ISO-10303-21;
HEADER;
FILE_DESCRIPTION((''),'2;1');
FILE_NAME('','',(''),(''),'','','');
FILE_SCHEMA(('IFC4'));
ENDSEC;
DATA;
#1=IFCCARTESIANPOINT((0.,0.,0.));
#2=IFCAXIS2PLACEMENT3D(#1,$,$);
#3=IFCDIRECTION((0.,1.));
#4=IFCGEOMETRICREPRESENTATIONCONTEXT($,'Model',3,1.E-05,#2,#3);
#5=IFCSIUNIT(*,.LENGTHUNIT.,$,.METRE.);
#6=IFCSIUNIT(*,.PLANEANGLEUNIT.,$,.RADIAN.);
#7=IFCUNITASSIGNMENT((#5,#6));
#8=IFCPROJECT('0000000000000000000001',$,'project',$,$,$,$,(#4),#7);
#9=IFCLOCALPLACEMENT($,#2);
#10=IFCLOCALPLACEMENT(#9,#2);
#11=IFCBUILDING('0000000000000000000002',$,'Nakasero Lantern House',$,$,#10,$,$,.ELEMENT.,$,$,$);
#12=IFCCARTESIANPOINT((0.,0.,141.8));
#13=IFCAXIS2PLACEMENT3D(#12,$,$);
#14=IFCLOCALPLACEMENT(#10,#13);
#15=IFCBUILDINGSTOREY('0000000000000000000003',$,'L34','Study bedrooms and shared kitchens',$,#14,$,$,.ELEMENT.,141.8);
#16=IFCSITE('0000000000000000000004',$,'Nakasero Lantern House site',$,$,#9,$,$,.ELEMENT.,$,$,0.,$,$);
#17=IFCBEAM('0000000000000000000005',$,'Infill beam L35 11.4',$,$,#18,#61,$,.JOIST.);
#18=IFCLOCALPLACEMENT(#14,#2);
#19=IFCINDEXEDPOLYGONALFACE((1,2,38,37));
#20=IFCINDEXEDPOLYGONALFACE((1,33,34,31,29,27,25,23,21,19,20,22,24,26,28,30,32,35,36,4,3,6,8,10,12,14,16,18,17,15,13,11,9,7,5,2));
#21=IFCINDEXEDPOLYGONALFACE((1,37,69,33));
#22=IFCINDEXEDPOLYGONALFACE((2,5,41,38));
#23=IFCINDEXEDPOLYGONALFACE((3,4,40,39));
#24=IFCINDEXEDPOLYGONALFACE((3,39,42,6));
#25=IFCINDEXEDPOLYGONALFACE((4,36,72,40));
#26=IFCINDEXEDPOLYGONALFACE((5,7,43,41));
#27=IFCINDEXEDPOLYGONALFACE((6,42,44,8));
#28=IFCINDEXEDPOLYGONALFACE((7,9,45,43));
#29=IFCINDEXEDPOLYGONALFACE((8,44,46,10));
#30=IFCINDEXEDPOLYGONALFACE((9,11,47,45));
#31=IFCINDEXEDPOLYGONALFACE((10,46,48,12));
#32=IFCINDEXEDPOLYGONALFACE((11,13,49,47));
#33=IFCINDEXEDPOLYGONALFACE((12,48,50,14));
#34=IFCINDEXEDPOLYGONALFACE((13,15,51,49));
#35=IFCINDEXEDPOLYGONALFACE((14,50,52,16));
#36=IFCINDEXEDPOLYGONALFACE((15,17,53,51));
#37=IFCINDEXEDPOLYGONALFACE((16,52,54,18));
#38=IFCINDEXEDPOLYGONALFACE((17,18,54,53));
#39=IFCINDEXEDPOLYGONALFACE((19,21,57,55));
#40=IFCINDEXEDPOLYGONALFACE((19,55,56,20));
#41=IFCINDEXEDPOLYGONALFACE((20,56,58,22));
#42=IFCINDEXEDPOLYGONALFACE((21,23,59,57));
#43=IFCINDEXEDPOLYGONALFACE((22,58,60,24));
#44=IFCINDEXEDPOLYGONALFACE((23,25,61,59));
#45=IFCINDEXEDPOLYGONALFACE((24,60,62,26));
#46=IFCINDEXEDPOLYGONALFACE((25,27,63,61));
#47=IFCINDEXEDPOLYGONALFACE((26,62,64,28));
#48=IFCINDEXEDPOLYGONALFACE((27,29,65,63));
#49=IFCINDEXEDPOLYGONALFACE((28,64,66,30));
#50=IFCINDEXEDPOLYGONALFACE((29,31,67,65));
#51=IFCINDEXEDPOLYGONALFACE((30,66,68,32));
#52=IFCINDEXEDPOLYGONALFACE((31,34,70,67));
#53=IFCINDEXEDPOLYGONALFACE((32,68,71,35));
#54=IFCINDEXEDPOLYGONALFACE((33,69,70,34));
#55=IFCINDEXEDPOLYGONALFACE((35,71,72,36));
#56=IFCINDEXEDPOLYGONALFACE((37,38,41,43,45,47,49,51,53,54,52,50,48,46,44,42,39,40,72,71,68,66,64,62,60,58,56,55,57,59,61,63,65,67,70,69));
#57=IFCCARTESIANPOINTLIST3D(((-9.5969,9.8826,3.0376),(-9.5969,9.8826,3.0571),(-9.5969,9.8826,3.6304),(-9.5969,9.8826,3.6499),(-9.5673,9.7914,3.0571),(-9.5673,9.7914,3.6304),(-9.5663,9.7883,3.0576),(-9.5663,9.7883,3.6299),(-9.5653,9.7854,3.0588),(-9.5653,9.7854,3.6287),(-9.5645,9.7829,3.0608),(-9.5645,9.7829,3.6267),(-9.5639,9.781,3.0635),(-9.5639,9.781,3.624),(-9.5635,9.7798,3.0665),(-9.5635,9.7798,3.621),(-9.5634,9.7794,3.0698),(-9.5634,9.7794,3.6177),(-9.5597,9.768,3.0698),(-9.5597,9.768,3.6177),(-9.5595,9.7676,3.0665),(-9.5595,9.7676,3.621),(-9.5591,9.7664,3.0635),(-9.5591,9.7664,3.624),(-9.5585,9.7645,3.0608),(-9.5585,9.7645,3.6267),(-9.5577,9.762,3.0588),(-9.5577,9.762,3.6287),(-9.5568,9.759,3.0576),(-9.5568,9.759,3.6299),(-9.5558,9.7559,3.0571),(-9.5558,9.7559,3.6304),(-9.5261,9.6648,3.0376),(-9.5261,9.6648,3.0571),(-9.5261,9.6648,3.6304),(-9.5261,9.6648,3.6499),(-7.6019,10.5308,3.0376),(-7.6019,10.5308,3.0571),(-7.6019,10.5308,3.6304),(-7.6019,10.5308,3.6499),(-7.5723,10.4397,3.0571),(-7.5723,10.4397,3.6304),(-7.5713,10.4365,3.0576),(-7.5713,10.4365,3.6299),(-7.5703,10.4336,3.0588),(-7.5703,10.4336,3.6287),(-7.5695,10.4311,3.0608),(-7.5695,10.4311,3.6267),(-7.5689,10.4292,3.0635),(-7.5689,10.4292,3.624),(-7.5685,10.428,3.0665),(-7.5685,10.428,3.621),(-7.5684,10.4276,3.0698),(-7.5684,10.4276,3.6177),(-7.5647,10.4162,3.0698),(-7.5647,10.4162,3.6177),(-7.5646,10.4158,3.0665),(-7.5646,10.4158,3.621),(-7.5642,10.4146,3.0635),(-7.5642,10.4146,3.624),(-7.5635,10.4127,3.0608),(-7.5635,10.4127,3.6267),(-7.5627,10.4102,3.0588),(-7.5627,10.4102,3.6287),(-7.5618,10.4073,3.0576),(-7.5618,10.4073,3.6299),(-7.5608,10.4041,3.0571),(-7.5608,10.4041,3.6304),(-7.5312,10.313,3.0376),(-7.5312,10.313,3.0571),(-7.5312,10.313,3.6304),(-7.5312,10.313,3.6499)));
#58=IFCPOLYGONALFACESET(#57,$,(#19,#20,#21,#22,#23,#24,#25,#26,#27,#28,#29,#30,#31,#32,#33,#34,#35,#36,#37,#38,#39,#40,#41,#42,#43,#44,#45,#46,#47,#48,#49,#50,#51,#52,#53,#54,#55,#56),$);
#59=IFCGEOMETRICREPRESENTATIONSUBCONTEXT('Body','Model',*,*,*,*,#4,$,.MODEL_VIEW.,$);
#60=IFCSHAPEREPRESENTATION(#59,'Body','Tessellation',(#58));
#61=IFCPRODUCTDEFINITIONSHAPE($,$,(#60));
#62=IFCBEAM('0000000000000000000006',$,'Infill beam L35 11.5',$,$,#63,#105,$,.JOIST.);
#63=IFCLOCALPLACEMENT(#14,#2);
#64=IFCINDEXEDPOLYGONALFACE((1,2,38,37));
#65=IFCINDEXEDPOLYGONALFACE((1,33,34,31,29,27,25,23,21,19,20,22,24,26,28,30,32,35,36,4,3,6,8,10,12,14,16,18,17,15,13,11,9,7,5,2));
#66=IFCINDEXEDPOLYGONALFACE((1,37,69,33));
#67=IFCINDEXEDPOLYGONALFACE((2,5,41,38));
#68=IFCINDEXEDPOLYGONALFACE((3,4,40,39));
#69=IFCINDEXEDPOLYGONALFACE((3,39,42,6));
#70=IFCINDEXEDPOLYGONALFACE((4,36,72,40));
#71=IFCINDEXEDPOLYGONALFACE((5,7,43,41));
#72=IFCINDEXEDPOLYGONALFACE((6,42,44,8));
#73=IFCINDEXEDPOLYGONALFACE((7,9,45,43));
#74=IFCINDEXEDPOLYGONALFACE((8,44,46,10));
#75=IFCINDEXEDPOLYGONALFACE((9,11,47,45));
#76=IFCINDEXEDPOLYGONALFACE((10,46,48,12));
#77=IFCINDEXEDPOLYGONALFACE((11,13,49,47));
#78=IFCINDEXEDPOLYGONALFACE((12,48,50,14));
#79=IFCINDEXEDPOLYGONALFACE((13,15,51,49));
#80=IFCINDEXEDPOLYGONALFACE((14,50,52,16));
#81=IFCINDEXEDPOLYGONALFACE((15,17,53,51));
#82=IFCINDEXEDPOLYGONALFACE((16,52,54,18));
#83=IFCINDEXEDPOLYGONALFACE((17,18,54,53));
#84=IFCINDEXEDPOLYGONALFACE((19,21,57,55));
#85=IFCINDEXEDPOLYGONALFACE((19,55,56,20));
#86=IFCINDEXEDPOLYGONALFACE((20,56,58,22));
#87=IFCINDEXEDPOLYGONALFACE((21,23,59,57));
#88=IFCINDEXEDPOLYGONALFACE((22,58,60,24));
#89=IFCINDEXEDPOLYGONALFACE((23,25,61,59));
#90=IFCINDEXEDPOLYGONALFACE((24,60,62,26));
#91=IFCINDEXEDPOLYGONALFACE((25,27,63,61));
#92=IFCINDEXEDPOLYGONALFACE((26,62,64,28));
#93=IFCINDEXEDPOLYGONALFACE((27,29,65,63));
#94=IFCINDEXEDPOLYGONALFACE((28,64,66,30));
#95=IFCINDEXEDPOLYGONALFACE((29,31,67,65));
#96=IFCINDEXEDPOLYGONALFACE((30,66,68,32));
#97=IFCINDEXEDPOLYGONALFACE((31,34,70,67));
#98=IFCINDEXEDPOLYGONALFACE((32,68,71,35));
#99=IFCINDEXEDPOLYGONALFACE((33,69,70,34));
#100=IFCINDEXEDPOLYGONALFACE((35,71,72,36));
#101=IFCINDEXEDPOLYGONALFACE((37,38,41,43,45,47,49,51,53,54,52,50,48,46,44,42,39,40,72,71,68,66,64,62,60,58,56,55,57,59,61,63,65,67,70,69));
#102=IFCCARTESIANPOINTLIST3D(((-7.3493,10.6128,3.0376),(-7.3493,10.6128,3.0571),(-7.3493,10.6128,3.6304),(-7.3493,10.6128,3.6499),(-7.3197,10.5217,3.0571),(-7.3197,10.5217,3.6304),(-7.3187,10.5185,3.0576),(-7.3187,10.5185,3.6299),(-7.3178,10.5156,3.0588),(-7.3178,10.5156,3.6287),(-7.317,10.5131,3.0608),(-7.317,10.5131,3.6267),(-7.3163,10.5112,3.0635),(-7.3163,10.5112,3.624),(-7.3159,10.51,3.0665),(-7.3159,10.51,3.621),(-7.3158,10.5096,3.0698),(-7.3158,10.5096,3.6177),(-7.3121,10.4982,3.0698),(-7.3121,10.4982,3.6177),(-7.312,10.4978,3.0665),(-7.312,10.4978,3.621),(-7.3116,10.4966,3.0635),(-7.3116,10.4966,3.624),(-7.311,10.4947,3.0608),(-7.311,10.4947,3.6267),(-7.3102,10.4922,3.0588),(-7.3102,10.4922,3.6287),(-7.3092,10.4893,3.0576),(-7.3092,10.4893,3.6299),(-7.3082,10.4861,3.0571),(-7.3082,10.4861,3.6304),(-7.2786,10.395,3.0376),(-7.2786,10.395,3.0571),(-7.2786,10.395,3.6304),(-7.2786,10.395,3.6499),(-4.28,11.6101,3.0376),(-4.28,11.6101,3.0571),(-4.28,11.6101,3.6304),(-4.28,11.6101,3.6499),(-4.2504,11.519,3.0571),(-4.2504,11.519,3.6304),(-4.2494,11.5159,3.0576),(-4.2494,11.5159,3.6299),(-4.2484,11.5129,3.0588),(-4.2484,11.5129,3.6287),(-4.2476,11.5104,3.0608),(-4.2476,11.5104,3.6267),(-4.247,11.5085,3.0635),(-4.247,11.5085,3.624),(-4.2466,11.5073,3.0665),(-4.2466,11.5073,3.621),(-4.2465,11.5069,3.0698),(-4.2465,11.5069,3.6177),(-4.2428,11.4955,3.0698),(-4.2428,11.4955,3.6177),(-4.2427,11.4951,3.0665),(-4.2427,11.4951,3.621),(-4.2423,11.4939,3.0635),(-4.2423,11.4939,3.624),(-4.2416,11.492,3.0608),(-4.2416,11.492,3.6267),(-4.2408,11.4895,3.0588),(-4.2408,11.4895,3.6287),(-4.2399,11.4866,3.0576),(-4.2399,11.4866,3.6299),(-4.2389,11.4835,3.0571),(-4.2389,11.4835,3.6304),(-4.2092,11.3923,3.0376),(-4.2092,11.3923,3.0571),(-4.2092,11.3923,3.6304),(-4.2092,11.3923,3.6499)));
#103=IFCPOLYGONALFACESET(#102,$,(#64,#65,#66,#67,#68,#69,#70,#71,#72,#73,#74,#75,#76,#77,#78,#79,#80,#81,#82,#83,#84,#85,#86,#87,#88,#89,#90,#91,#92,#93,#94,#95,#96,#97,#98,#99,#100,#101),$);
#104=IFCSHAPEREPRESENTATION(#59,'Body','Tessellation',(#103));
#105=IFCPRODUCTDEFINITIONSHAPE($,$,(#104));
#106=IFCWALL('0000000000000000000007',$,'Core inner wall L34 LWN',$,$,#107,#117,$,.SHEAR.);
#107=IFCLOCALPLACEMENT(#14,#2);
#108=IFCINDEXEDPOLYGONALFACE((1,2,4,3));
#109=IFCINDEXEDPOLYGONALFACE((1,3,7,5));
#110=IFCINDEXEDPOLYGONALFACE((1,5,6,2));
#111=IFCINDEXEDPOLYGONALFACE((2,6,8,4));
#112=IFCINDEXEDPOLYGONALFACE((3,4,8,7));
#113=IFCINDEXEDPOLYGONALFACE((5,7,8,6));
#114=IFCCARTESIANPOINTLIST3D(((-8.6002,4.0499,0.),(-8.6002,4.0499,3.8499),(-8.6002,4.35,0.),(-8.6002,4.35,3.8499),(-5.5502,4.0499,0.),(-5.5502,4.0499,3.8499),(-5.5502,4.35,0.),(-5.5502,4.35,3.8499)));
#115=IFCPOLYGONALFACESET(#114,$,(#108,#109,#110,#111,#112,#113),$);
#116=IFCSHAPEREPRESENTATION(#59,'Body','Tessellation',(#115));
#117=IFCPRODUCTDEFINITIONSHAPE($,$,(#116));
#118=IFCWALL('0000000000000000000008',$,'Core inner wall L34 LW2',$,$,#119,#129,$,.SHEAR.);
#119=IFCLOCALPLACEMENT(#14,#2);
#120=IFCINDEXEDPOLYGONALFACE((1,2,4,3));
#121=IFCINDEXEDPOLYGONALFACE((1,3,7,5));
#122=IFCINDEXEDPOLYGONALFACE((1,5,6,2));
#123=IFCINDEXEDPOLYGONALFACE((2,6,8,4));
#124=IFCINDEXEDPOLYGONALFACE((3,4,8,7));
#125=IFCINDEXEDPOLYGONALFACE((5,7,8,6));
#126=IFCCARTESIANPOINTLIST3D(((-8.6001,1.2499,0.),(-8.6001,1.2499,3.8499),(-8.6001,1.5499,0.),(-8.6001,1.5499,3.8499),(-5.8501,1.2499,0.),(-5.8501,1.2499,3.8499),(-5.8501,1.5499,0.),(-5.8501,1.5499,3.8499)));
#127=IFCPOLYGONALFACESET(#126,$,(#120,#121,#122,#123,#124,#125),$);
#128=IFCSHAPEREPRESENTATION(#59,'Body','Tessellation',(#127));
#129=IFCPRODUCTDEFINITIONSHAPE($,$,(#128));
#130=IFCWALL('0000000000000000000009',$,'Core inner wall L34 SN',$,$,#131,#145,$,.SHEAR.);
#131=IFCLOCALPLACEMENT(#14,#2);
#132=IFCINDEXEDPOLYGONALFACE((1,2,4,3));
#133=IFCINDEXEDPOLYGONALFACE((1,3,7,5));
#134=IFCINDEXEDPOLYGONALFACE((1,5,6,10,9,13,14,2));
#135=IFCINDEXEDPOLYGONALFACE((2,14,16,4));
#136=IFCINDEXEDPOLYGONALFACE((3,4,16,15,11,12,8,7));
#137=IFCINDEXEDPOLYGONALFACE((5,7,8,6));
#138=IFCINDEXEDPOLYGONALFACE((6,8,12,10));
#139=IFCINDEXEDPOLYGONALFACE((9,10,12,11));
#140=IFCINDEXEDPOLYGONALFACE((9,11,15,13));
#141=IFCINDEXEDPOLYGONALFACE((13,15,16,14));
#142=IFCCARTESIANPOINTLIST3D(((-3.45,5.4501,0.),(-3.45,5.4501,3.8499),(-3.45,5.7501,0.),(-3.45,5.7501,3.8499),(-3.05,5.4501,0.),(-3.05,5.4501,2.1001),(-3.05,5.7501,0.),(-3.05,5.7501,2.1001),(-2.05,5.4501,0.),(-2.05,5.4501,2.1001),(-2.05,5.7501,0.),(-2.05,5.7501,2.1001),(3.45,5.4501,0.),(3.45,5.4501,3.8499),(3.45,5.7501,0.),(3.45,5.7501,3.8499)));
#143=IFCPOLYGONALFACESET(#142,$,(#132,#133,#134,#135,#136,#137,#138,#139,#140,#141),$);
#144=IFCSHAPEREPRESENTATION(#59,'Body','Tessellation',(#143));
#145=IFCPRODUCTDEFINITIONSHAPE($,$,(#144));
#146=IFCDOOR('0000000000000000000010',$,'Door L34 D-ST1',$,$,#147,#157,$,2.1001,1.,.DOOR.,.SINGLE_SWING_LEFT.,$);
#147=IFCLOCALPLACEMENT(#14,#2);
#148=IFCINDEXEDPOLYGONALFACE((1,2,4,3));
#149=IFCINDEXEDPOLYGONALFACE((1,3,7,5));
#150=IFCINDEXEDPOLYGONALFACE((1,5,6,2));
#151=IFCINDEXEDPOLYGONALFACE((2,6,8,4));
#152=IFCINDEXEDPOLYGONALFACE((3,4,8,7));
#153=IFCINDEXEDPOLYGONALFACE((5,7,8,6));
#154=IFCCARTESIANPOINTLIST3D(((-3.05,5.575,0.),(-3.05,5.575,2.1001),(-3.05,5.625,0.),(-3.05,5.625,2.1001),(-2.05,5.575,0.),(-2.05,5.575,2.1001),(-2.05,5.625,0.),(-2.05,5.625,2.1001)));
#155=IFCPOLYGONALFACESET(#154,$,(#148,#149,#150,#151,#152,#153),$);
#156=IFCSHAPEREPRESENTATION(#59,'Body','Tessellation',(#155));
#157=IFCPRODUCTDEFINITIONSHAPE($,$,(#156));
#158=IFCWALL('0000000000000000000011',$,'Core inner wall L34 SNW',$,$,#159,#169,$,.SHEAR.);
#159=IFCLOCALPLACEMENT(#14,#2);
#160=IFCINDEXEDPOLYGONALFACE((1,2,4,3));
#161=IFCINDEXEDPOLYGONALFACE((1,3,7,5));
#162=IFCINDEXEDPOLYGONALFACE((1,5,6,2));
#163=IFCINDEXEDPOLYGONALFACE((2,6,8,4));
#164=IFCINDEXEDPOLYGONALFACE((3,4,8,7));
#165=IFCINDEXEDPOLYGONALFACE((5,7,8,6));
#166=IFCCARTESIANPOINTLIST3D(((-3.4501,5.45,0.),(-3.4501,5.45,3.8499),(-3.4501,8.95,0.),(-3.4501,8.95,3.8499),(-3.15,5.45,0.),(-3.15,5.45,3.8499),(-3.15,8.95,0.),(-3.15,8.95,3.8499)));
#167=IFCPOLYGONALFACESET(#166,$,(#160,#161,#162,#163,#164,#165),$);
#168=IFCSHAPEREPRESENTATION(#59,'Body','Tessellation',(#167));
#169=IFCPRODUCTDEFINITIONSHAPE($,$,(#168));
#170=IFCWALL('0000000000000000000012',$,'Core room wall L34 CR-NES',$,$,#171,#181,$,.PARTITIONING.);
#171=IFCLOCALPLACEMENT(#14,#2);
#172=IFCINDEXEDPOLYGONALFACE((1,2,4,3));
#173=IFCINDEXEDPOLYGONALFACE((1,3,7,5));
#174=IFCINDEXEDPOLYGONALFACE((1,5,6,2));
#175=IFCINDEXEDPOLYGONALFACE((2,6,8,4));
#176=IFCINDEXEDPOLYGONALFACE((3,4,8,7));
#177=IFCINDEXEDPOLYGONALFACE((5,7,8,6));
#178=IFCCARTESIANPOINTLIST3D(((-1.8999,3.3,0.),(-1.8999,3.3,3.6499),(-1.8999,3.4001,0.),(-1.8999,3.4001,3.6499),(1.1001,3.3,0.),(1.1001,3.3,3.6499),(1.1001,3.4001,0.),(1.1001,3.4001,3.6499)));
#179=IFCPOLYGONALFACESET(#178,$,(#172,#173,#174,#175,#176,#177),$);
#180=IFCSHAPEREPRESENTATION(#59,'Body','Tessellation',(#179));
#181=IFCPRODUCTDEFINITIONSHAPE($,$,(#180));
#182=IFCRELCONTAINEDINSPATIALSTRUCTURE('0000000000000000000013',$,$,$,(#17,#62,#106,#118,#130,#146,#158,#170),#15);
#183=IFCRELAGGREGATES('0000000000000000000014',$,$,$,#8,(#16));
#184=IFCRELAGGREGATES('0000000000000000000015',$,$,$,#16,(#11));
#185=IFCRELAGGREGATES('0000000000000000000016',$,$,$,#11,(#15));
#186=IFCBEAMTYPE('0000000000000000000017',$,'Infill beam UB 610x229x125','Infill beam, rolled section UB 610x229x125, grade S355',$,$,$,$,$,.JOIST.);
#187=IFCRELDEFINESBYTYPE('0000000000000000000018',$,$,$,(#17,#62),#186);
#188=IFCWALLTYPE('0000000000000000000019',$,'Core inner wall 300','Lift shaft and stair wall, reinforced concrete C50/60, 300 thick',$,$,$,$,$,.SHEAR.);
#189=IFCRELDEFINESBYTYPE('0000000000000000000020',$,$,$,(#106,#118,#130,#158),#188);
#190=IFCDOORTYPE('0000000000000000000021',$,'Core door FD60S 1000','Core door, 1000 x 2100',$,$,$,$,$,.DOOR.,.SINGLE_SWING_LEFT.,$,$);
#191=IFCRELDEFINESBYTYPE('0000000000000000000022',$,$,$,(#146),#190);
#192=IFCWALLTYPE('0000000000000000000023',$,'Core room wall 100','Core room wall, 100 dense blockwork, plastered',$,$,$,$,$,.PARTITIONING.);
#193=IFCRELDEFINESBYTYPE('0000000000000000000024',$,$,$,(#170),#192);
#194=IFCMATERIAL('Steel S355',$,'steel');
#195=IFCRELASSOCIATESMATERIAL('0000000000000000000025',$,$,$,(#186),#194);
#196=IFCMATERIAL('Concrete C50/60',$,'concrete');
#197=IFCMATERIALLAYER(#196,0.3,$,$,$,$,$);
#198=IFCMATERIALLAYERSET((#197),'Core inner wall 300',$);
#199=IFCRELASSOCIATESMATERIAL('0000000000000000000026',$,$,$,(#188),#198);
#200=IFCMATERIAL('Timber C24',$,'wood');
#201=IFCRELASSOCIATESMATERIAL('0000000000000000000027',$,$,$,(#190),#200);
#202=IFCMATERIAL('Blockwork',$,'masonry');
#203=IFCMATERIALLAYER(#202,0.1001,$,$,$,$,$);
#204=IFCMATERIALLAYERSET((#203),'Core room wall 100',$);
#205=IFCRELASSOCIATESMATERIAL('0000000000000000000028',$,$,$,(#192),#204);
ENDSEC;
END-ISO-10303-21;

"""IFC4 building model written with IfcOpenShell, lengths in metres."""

from ifc_helpers import new_model, si_unit, direction, frame, frame_2d, origin, origin_2d, place, context, subcontext, project, spatial, rectangle, i_section, extrude, material, layer, layer_set, material_profile, profile_set, type_object, element, fill, save


model = new_model("IFC4")

# Units and contexts
model_context = context("Model", 3, precision=1e-05, world=origin(), true_north=direction((0.0, 1.0)))
body_context = subcontext(model_context, "Body", "Model", "MODEL_VIEW")
ifc_project = project(units=[si_unit("LENGTHUNIT", "METRE"), si_unit("PLANEANGLEUNIT", "RADIAN")], contexts=[model_context])

# Site, building, storey
site_placement = place(None, origin())
site = spatial("IfcSite", under=ifc_project, at=site_placement, Name="Nakasero Lantern House site", CompositionType="ELEMENT", RefElevation=0.0)
building_placement = place(site_placement, origin())
building = spatial("IfcBuilding", under=site, at=building_placement, Name="Nakasero Lantern House", CompositionType="ELEMENT")
storey_placement = place(building_placement, frame((0.0, 0.0, 141.8)))
storey = spatial("IfcBuildingStorey", under=building, at=storey_placement, Name="L34", Description="Study bedrooms and shared kitchens", CompositionType="ELEMENT", Elevation=141.8)

# Beams
ifc_material_1 = material(Name="Steel S355", Category="steel")
ifc_material_profile = material_profile(ifc_material_1, i_section(OverallWidth=0.229, OverallDepth=0.6123, WebThickness=0.012, FlangeThickness=0.0195, FilletRadius=0.0127, at=origin_2d()), Name="UB 610x229x125")
ifc_profile_set = profile_set([ifc_material_profile], Name="Steel S355")
beam_type = type_object("IfcBeamType", Name="Infill beam UB 610x229x125", Description="Infill beam, rolled section UB 610x229x125, grade S355", PredefinedType="JOIST", material=ifc_profile_set)
beam_1_placement = place(storey_placement, frame((-9.5615, 9.7737, 3.3438), z_axis=(0.951054, 0.309026, 0.0), x_axis=(-0.309026, 0.951054, 0.0)))
element("IfcBeam", 1, at=beam_1_placement, inside=storey, type_object=beam_type, Name="Infill beam L35 11.4", PredefinedType="JOIST", context=body_context, shape_type="SweptSolid", body=[
    extrude(i_section(OverallWidth=0.229, OverallDepth=0.6123, WebThickness=0.012, FlangeThickness=0.0195, FilletRadius=0.0127, at=origin_2d()), origin(), (0.0, 0.0, 1.0), 2.0977),
])
beam_2_placement = place(storey_placement, frame((-7.314, 10.5039, 3.3438), z_axis=(0.951054, 0.309024, 0.0), x_axis=(-0.309024, 0.951054, 0.0)))
element("IfcBeam", 2, at=beam_2_placement, inside=storey, type_object=beam_type, Name="Infill beam L35 11.5", PredefinedType="JOIST", context=body_context, shape_type="SweptSolid", body=[
    extrude(i_section(OverallWidth=0.229, OverallDepth=0.6123, WebThickness=0.012, FlangeThickness=0.0195, FilletRadius=0.0127, at=origin_2d()), origin(), (0.0, 0.0, 1.0), 3.2273),
])

# Walls
ifc_material_2 = material(Name="Concrete C50/60", Category="concrete")
ifc_layer_1 = layer(ifc_material_2, 0.3)
ifc_layer_set_1 = layer_set([ifc_layer_1], Name="Core inner wall 300")
wall_type_1 = type_object("IfcWallType", Name="Core inner wall 300", Description="Lift shaft and stair wall, reinforced concrete C50/60, 300 thick", PredefinedType="SHEAR", material=ifc_layer_set_1)
wall_1_placement = place(storey_placement, frame((-8.6001, 4.2, 0.0), z_axis=(0.0, 0.0, 1.0), x_axis=(1.0, 0.0, 0.0)))
element("IfcWall", 3, at=wall_1_placement, inside=storey, type_object=wall_type_1, Name="Core inner wall L34 LWN", PredefinedType="SHEAR", context=body_context, shape_type="SweptSolid", body=[
    extrude(rectangle(XDim=3.05, YDim=0.3, at=frame_2d((1.5249, 0.0))), origin(), (0.0, 0.0, 1.0), 3.8499),
])
wall_2_placement = place(storey_placement, frame((-8.6001, 1.3999, 0.0), z_axis=(0.0, 0.0, 1.0), x_axis=(1.0, 0.0, 0.0)))
element("IfcWall", 4, at=wall_2_placement, inside=storey, type_object=wall_type_1, Name="Core inner wall L34 LW2", PredefinedType="SHEAR", context=body_context, shape_type="SweptSolid", body=[
    extrude(rectangle(XDim=2.75, YDim=0.3, at=frame_2d((1.375, 0.0))), origin(), (0.0, 0.0, 1.0), 3.8499),
])

# Wall, opening, door
wall_3_placement = place(storey_placement, frame((-3.45, 5.6001, 0.0), z_axis=(0.0, 0.0, 1.0), x_axis=(1.0, 0.0, 0.0)))
wall_3 = element("IfcWall", 5, at=wall_3_placement, inside=storey, type_object=wall_type_1, Name="Core inner wall L34 SN", PredefinedType="SHEAR", context=body_context, shape_type="SweptSolid", body=[
    extrude(rectangle(XDim=6.8999, YDim=0.3, at=frame_2d((3.45, 0.0))), origin(), (0.0, 0.0, 1.0), 3.8499),
])
opening_1_placement = place(wall_3_placement, frame((0.3999, 0.0, 0.0)))
opening_1 = element("IfcOpeningElement", 6, at=opening_1_placement, cuts=wall_3, PredefinedType="OPENING", context=body_context, shape_type="SweptSolid", body=[
    extrude(rectangle(XDim=1.0, YDim=2.1001, at=frame_2d((0.5, 1.05))), frame((0.0, 0.1699, 0.0), z_axis=(0.0, -1.0, 0.0), x_axis=(1.0, 0.0, 0.0)), (0.0, 0.0, 1.0), 0.3401),
])
ifc_material_3 = material(Name="Timber C24", Category="wood")
door_type = type_object("IfcDoorType", Name="Core door FD60S 1000", Description="Core door, 1000 x 2100", OperationType="SINGLE_SWING_LEFT", PredefinedType="DOOR", material=ifc_material_3)
door_1_placement = place(opening_1_placement, origin())
door_1 = element("IfcDoor", 7, at=door_1_placement, inside=storey, type_object=door_type, Name="Door L34 D-ST1", OperationType="SINGLE_SWING_LEFT", OverallHeight=2.1001, OverallWidth=1.0, PredefinedType="DOOR", context=body_context, shape_type="SweptSolid", body=[
    extrude(rectangle(XDim=1.0, YDim=2.1001, at=frame_2d((0.5, 1.05))), frame((0.0, 0.0249, 0.0), z_axis=(0.0, -1.0, 0.0), x_axis=(1.0, 0.0, 0.0)), (0.0, 0.0, 1.0), 0.05),
])
fill(opening_1, door_1)

# Walls
wall_4_placement = place(storey_placement, frame((-3.3, 5.45, 0.0), z_axis=(0.0, 0.0, 1.0), x_axis=(0.0, 1.0, 0.0)))
element("IfcWall", 8, at=wall_4_placement, inside=storey, type_object=wall_type_1, Name="Core inner wall L34 SNW", PredefinedType="SHEAR", context=body_context, shape_type="SweptSolid", body=[
    extrude(rectangle(XDim=3.5, YDim=0.3, at=frame_2d((1.75, 0.0))), origin(), (0.0, 0.0, 1.0), 3.8499),
])
ifc_material_4 = material(Name="Blockwork", Category="masonry")
ifc_layer_2 = layer(ifc_material_4, 0.1001)
ifc_layer_set_2 = layer_set([ifc_layer_2], Name="Core room wall 100")
wall_type_2 = type_object("IfcWallType", Name="Core room wall 100", Description="Core room wall, 100 dense blockwork, plastered", PredefinedType="PARTITIONING", material=ifc_layer_set_2)
wall_5_placement = place(storey_placement, frame((-1.8999, 3.3501, 0.0), z_axis=(0.0, 0.0, 1.0), x_axis=(1.0, 0.0, 0.0)))
element("IfcWall", 9, at=wall_5_placement, inside=storey, type_object=wall_type_2, Name="Core room wall L34 CR-NES", PredefinedType="PARTITIONING", context=body_context, shape_type="SweptSolid", body=[
    extrude(rectangle(XDim=3.0, YDim=0.1001, at=frame_2d((1.5, 0.0))), origin(), (0.0, 0.0, 1.0), 3.6499),
])

save(model, "model.ifc")
